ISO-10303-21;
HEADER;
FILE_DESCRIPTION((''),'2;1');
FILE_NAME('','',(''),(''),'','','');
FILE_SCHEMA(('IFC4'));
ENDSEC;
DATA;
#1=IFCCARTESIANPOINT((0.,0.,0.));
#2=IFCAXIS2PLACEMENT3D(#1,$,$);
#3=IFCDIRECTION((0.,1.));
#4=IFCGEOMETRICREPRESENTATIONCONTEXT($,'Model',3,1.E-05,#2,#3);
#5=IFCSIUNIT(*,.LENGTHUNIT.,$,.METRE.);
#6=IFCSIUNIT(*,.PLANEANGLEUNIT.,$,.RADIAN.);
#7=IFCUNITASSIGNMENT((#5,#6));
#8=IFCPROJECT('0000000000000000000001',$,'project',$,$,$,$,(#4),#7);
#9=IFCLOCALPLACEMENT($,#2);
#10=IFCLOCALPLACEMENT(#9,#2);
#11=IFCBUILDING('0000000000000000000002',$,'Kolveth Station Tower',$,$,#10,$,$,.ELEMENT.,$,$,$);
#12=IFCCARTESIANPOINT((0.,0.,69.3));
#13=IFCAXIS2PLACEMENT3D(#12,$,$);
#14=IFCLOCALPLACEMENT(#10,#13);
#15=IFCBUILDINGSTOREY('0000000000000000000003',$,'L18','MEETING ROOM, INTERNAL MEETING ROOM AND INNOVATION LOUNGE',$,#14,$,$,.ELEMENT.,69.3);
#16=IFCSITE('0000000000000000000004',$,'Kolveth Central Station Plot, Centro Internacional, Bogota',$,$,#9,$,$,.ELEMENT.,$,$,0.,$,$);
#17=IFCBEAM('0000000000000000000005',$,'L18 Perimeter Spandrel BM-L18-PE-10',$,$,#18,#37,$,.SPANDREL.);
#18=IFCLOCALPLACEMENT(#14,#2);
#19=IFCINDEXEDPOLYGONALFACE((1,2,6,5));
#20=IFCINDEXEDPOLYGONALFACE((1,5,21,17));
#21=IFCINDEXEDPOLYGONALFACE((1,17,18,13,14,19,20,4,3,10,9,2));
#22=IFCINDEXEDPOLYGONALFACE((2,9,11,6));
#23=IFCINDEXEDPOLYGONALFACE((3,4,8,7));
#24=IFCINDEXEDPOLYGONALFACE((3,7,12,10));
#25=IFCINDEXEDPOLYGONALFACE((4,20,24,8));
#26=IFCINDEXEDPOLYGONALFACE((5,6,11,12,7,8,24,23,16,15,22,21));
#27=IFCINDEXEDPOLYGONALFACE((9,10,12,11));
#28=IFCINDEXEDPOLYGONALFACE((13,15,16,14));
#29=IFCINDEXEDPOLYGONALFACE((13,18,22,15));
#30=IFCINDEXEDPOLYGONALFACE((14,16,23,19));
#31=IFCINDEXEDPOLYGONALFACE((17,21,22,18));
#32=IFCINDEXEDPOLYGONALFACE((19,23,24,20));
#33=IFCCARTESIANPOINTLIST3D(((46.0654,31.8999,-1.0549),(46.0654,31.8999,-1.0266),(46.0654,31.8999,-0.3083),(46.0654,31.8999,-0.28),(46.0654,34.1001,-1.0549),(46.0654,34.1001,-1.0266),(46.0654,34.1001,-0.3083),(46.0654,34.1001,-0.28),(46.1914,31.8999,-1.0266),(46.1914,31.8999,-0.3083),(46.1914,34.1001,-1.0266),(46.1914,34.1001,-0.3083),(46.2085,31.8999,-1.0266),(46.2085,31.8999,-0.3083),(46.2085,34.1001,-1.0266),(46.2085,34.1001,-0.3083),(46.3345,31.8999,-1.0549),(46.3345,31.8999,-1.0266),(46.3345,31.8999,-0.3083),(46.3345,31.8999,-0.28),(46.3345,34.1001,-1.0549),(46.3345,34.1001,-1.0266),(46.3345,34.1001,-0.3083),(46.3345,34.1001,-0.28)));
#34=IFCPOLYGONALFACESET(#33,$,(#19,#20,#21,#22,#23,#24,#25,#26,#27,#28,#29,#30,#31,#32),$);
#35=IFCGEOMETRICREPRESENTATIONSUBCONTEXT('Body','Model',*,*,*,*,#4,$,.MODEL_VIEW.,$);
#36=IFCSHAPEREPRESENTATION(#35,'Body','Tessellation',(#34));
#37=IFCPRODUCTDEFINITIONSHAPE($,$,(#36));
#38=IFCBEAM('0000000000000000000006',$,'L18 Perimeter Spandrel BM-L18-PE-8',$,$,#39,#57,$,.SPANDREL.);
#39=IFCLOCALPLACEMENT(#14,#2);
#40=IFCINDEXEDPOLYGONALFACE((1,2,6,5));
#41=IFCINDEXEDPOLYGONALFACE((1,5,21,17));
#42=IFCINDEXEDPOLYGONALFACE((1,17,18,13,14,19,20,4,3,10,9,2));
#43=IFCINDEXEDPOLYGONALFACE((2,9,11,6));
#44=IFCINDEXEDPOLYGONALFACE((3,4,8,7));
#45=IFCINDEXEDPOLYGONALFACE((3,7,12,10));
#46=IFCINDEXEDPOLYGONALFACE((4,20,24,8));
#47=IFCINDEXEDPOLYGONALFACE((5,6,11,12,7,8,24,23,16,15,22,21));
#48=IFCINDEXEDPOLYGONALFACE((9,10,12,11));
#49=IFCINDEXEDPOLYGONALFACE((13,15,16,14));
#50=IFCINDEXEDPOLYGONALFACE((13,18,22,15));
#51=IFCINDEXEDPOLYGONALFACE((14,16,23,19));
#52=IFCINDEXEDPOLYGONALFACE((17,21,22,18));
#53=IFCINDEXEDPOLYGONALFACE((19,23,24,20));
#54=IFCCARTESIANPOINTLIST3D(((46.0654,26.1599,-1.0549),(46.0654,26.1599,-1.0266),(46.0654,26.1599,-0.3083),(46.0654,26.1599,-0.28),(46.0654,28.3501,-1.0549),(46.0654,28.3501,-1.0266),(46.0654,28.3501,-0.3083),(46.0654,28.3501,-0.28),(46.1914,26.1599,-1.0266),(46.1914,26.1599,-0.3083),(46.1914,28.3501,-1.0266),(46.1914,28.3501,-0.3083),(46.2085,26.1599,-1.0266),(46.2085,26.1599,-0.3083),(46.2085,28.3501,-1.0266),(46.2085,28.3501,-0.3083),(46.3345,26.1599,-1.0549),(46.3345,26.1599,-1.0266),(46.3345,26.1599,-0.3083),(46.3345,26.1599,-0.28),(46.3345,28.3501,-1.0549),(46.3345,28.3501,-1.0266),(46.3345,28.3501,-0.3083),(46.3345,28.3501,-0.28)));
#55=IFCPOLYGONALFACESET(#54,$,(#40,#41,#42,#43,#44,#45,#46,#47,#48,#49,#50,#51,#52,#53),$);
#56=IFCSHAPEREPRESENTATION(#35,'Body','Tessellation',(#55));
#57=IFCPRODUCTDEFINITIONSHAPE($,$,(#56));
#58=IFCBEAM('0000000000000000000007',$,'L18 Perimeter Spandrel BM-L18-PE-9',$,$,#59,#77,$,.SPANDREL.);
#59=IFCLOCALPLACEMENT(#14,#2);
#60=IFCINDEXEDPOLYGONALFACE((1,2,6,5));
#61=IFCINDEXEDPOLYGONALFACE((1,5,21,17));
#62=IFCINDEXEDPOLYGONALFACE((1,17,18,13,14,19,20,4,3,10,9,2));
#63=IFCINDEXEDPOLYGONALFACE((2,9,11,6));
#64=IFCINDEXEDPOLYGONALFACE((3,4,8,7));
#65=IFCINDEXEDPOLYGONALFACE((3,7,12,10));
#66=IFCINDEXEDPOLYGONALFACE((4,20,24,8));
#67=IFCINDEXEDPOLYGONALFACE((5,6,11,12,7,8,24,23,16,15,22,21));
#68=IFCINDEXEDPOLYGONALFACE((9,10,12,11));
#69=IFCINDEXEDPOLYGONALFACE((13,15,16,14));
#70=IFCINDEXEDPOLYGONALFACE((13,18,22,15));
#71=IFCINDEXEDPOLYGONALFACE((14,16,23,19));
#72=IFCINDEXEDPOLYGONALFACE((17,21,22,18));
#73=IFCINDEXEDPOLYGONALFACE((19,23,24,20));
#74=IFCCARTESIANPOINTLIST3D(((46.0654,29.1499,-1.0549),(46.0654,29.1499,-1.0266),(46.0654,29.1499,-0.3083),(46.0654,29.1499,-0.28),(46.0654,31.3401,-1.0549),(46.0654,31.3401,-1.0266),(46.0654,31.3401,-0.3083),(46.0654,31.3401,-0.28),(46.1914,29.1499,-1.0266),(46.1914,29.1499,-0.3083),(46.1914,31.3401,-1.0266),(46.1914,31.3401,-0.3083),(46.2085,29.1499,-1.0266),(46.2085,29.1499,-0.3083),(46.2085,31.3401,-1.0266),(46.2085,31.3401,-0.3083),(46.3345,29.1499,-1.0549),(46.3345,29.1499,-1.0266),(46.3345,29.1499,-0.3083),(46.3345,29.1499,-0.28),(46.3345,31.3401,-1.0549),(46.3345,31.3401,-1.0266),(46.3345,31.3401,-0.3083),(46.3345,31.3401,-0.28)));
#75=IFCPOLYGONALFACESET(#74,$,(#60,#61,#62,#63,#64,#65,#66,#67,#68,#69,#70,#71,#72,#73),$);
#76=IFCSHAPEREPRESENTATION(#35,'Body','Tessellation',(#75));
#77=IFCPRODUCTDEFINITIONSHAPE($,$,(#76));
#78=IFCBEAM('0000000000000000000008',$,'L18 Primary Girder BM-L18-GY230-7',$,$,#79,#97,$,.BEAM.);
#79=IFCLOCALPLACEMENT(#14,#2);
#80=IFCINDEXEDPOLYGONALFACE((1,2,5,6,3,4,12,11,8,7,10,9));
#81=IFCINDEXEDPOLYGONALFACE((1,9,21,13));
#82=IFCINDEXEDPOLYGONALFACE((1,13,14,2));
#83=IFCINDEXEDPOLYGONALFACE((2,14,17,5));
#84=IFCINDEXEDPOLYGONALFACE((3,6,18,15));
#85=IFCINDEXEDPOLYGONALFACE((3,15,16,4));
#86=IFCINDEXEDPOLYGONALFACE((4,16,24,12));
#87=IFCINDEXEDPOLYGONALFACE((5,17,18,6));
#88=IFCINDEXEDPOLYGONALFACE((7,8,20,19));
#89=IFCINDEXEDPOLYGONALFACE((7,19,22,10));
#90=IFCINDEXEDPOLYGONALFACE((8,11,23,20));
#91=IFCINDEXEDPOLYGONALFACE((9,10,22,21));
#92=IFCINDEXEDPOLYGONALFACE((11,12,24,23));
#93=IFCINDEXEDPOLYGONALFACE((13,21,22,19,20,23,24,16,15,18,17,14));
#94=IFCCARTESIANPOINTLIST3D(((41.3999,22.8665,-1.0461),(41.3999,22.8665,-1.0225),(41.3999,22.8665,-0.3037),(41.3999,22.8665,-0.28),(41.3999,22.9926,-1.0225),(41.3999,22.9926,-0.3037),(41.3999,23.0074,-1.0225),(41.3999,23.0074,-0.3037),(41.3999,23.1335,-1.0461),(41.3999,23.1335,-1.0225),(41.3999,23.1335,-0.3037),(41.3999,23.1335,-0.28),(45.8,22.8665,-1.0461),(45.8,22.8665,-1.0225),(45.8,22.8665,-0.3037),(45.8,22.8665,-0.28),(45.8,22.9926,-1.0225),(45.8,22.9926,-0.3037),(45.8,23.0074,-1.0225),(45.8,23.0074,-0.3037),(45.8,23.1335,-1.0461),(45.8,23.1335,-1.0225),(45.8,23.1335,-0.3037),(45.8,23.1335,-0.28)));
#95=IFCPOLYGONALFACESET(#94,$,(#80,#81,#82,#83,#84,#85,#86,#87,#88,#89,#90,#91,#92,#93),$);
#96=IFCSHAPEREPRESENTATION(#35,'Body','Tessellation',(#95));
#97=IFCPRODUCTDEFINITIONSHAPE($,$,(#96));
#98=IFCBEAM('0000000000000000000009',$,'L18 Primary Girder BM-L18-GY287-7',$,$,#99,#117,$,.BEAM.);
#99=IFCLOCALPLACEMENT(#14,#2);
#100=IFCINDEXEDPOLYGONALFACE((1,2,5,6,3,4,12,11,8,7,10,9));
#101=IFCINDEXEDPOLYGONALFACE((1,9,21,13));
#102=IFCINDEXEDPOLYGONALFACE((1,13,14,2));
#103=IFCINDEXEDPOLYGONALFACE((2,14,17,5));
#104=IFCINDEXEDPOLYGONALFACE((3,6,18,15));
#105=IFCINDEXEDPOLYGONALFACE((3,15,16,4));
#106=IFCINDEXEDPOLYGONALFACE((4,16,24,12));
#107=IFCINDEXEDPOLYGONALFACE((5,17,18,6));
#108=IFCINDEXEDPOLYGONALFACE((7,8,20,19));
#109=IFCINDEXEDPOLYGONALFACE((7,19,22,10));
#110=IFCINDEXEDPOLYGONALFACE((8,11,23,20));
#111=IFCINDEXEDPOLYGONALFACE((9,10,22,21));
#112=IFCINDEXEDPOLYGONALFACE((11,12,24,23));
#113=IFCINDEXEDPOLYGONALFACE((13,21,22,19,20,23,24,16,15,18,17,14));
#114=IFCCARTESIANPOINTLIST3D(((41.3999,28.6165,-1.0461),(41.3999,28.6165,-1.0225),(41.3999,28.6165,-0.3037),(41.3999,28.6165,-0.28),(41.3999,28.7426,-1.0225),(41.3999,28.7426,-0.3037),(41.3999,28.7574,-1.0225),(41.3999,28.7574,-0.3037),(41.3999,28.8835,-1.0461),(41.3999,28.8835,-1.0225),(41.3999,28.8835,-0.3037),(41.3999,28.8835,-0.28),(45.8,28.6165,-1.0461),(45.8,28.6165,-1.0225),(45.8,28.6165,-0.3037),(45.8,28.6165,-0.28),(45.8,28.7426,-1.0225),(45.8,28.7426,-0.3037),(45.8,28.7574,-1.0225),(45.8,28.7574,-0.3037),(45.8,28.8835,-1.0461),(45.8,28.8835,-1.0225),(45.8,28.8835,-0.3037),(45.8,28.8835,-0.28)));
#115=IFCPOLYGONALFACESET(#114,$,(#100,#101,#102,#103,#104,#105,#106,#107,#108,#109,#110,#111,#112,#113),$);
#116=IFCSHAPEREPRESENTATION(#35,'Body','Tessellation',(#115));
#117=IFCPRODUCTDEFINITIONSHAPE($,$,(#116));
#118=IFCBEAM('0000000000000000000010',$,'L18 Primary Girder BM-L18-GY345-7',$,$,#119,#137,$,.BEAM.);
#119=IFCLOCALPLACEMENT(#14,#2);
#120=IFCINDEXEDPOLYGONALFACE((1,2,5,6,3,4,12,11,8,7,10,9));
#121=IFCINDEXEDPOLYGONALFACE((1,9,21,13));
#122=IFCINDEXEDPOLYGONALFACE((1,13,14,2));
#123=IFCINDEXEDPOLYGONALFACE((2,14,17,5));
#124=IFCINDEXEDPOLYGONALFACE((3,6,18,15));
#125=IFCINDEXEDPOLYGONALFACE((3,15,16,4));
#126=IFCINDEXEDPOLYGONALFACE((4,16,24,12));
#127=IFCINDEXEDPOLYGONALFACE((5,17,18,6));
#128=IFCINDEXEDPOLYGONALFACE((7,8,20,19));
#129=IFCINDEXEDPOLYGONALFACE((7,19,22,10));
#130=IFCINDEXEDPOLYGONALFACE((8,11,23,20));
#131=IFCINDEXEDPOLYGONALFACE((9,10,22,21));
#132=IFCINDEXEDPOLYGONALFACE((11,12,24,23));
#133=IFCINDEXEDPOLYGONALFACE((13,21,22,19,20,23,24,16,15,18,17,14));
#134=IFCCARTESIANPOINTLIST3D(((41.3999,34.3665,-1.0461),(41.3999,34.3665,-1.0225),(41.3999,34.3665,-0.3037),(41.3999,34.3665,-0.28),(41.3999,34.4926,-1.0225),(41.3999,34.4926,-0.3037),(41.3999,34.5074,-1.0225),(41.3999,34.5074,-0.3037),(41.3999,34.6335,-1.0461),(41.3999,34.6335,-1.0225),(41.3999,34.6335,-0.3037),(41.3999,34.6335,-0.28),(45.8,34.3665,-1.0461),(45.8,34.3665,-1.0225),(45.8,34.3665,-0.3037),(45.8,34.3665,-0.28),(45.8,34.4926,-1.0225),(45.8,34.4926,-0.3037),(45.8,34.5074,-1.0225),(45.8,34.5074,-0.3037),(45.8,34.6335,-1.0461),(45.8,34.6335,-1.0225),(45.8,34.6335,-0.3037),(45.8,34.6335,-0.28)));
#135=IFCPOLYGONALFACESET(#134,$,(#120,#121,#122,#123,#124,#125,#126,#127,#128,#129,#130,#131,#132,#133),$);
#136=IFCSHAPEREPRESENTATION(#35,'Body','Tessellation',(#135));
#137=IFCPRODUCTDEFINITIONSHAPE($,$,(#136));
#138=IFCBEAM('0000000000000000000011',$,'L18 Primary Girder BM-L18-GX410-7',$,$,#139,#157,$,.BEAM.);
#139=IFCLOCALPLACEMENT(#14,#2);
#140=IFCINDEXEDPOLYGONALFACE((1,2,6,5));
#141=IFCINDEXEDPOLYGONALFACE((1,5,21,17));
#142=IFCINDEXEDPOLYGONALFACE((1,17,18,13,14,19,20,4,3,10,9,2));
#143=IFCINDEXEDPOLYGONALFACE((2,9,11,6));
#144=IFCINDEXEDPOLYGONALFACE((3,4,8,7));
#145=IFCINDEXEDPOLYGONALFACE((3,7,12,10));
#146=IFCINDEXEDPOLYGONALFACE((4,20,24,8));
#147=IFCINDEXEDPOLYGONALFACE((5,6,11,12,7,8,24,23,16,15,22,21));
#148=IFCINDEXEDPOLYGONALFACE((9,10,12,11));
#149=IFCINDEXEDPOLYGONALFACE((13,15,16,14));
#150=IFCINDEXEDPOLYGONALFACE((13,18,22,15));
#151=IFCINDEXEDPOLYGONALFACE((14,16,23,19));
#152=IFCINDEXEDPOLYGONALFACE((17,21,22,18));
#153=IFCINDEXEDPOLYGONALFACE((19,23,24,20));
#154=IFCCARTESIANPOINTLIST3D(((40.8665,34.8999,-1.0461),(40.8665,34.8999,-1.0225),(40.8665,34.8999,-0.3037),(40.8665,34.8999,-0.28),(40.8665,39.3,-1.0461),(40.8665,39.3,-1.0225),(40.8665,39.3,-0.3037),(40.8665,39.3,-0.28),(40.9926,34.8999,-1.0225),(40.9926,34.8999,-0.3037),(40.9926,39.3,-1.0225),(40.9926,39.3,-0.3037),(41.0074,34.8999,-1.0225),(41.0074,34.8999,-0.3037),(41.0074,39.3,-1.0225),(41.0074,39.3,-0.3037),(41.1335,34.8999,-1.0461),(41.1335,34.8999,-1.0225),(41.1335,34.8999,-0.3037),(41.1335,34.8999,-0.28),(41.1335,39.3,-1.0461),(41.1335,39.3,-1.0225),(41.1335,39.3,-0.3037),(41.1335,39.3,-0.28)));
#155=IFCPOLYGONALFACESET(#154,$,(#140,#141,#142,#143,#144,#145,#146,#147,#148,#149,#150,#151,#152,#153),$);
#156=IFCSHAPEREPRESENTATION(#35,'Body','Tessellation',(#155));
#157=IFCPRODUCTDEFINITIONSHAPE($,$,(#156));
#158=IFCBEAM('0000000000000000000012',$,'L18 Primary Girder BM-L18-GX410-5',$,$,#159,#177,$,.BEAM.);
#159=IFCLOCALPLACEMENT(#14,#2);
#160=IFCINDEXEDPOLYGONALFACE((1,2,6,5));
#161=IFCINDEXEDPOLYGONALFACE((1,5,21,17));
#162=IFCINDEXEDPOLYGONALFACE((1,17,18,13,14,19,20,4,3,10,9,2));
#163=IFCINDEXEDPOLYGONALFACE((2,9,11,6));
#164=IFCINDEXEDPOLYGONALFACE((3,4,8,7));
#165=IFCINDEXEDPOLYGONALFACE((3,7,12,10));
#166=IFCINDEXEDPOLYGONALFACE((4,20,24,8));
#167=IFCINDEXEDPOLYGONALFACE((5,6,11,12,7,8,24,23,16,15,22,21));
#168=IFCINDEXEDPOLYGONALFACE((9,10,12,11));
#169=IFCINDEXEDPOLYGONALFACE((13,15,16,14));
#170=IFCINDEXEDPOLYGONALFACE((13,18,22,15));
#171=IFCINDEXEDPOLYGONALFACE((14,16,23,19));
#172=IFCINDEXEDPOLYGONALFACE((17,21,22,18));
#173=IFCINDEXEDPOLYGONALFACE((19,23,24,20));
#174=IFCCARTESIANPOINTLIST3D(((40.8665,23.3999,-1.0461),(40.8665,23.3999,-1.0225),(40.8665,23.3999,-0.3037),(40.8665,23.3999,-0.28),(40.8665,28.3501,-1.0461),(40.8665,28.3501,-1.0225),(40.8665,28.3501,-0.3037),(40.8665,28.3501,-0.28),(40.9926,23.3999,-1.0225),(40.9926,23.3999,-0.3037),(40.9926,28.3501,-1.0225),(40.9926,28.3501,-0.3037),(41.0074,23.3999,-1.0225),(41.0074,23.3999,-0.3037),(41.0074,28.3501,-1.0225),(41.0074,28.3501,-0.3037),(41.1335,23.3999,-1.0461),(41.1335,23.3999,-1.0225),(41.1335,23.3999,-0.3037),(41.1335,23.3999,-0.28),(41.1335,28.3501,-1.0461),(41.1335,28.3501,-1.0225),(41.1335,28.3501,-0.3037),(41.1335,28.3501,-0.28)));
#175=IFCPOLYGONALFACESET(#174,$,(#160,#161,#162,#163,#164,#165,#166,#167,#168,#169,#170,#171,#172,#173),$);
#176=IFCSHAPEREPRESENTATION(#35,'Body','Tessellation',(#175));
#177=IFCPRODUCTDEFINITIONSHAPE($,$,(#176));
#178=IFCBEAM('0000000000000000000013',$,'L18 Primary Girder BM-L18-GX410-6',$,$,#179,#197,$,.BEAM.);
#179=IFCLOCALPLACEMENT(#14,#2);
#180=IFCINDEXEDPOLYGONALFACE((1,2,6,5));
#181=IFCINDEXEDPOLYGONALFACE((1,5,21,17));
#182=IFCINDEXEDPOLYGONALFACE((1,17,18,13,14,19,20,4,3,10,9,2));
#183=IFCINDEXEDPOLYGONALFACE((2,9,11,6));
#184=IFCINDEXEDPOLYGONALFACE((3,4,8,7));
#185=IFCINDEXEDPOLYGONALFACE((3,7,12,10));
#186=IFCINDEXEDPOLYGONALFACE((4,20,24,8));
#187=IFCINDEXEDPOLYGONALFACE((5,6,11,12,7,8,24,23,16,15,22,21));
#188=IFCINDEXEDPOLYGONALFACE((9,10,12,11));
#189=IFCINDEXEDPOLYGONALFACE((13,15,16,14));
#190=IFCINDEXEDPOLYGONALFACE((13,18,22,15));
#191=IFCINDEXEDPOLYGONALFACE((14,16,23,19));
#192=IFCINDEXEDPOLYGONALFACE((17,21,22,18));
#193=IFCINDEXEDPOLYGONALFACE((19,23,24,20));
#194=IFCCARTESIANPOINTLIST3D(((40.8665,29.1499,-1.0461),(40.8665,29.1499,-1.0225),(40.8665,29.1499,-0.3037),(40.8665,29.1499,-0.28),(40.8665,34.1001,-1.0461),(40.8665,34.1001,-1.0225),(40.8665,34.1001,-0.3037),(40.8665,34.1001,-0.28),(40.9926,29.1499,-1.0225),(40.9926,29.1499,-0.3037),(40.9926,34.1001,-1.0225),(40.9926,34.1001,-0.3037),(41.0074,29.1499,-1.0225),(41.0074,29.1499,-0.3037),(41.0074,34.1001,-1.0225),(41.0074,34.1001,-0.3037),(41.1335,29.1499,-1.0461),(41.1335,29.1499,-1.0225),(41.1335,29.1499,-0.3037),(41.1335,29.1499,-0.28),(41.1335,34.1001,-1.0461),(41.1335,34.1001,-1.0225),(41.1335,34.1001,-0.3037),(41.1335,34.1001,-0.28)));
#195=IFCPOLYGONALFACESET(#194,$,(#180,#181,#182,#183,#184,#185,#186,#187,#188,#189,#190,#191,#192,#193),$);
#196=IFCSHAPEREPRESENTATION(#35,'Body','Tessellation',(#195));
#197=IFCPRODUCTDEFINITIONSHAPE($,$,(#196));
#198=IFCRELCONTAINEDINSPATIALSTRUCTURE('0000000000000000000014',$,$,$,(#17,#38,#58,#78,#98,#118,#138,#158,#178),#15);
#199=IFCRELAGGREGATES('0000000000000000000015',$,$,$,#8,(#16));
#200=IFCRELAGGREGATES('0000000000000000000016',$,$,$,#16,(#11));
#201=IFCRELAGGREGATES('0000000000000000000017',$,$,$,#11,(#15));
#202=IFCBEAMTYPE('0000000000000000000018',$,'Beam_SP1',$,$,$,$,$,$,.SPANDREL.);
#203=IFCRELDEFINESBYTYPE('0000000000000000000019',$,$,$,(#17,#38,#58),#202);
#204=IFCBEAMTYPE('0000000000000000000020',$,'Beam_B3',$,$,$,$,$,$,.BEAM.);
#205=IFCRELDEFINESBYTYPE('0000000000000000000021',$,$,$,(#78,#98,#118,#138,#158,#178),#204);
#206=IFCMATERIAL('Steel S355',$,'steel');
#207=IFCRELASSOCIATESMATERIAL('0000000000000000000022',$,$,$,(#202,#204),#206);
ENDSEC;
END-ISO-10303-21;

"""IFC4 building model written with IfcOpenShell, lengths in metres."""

from ifc_helpers import new_model, si_unit, direction, frame, origin, origin_2d, place, context, subcontext, project, spatial, i_section, extrude, source, transform, mapped, material, material_profile, profile_set, type_object, element, save


model = new_model("IFC4")

# Units and contexts
model_context = context("Model", 3, precision=1e-05, world=origin(), true_north=direction((0.0, 1.0)))
body_context = subcontext(model_context, "Body", "Model", "MODEL_VIEW")
ifc_project = project(units=[si_unit("LENGTHUNIT", "METRE"), si_unit("PLANEANGLEUNIT", "RADIAN")], contexts=[model_context])

# Site, building, storey
site_placement = place(None, origin())
site = spatial("IfcSite", under=ifc_project, at=site_placement, Name="Kolveth Central Station Plot, Centro Internacional, Bogota", CompositionType="ELEMENT", RefElevation=0.0)
building_placement = place(site_placement, origin())
building = spatial("IfcBuilding", under=site, at=building_placement, Name="Kolveth Station Tower", CompositionType="ELEMENT")
storey_placement = place(building_placement, frame((0.0, 0.0, 69.3)))
storey = spatial("IfcBuildingStorey", under=building, at=storey_placement, Name="L18", Description="MEETING ROOM, INTERNAL MEETING ROOM AND INNOVATION LOUNGE", CompositionType="ELEMENT", Elevation=69.3)

# Shared definitions
ifc_material_1 = material(Name="Steel S355", Category="steel")

# Beams
ifc_material_profile_1 = material_profile(ifc_material_1, i_section(OverallWidth=0.269, OverallDepth=0.7749, WebThickness=0.0171, FlangeThickness=0.0283, at=origin_2d()), Name="W760x220")
ifc_profile_set_1 = profile_set([ifc_material_profile_1], Name="Steel S355")
beam_type_1 = type_object("IfcBeamType", Name="Beam_SP1", PredefinedType="SPANDREL", material=ifc_profile_set_1)
shared_shape_1 = source(origin(), body_context, "Body", "SweptSolid", [
    extrude(i_section(OverallWidth=0.269, OverallDepth=0.7749, WebThickness=0.0171, FlangeThickness=0.0283, at=origin_2d()), origin(), (0.0, 0.0, 1.0), 2.2002),
])
for number, where, z_axis, x_axis, name in (
    (1, (46.2, 31.8999, -0.6675), (0.0, 1.0, 0.0), (-1.0, 0.0, 0.0), "L18 Perimeter Spandrel BM-L18-PE-10"),
):
    element("IfcBeam", number, at=place(storey_placement, frame(where, z_axis=z_axis, x_axis=x_axis)), inside=storey, type_object=beam_type_1, Name=name, PredefinedType="SPANDREL", context=body_context, shape_type="MappedRepresentation", body=[
        mapped(shared_shape_1, transform((0.0, 0.0, 0.0), x_axis=(1.0, 0.0, 0.0), y_axis=(0.0, 1.0, 0.0), z_axis=(0.0, 0.0, 1.0), scale=1.0)),
    ])
shared_shape_2 = source(origin(), body_context, "Body", "SweptSolid", [
    extrude(i_section(OverallWidth=0.269, OverallDepth=0.7749, WebThickness=0.0171, FlangeThickness=0.0283, at=origin_2d()), origin(), (0.0, 0.0, 1.0), 2.1902),
])
for number, where, z_axis, x_axis, name in (
    (2, (46.2, 26.1599, -0.6675), (0.0, 1.0, 0.0), (-1.0, 0.0, 0.0), "L18 Perimeter Spandrel BM-L18-PE-8"),
    (3, (46.2, 29.1499, -0.6675), (0.0, 1.0, 0.0), (-1.0, 0.0, 0.0), "L18 Perimeter Spandrel BM-L18-PE-9"),
):
    element("IfcBeam", number, at=place(storey_placement, frame(where, z_axis=z_axis, x_axis=x_axis)), inside=storey, type_object=beam_type_1, Name=name, PredefinedType="SPANDREL", context=body_context, shape_type="MappedRepresentation", body=[
        mapped(shared_shape_2, transform((0.0, 0.0, 0.0), x_axis=(1.0, 0.0, 0.0), y_axis=(0.0, 1.0, 0.0), z_axis=(0.0, 0.0, 1.0), scale=1.0)),
    ])
ifc_material_profile_2 = material_profile(ifc_material_1, i_section(OverallWidth=0.2671, OverallDepth=0.7661, WebThickness=0.0149, FlangeThickness=0.0237, at=origin_2d()), Name="W760x185")
ifc_profile_set_2 = profile_set([ifc_material_profile_2], Name="Steel S355")
beam_type_2 = type_object("IfcBeamType", Name="Beam_B3", PredefinedType="BEAM", material=ifc_profile_set_2)
shared_shape_3 = source(origin(), body_context, "Body", "SweptSolid", [
    extrude(i_section(OverallWidth=0.2671, OverallDepth=0.7661, WebThickness=0.0149, FlangeThickness=0.0237, at=origin_2d()), origin(), (0.0, 0.0, 1.0), 4.4001),
])
for number, where, z_axis, x_axis, name in (
    (4, (41.3999, 23.0, -0.6631), (1.0, 0.0, 0.0), (0.0, 1.0, 0.0), "L18 Primary Girder BM-L18-GY230-7"),
    (5, (41.3999, 28.75, -0.6631), (1.0, 0.0, 0.0), (0.0, 1.0, 0.0), "L18 Primary Girder BM-L18-GY287-7"),
    (6, (41.3999, 34.5, -0.6631), (1.0, 0.0, 0.0), (0.0, 1.0, 0.0), "L18 Primary Girder BM-L18-GY345-7"),
    (7, (41.0, 34.8999, -0.6631), (0.0, 1.0, 0.0), (-1.0, 0.0, 0.0), "L18 Primary Girder BM-L18-GX410-7"),
):
    element("IfcBeam", number, at=place(storey_placement, frame(where, z_axis=z_axis, x_axis=x_axis)), inside=storey, type_object=beam_type_2, Name=name, PredefinedType="BEAM", context=body_context, shape_type="MappedRepresentation", body=[
        mapped(shared_shape_3, transform((0.0, 0.0, 0.0), x_axis=(1.0, 0.0, 0.0), y_axis=(0.0, 1.0, 0.0), z_axis=(0.0, 0.0, 1.0), scale=1.0)),
    ])
shared_shape_4 = source(origin(), body_context, "Body", "SweptSolid", [
    extrude(i_section(OverallWidth=0.2671, OverallDepth=0.7661, WebThickness=0.0149, FlangeThickness=0.0237, at=origin_2d()), origin(), (0.0, 0.0, 1.0), 4.9502),
])
for number, where, z_axis, x_axis, name in (
    (8, (41.0, 23.3999, -0.6631), (0.0, 1.0, 0.0), (-1.0, 0.0, 0.0), "L18 Primary Girder BM-L18-GX410-5"),
    (9, (41.0, 29.1499, -0.6631), (0.0, 1.0, 0.0), (-1.0, 0.0, 0.0), "L18 Primary Girder BM-L18-GX410-6"),
):
    element("IfcBeam", number, at=place(storey_placement, frame(where, z_axis=z_axis, x_axis=x_axis)), inside=storey, type_object=beam_type_2, Name=name, PredefinedType="BEAM", context=body_context, shape_type="MappedRepresentation", body=[
        mapped(shared_shape_4, transform((0.0, 0.0, 0.0), x_axis=(1.0, 0.0, 0.0), y_axis=(0.0, 1.0, 0.0), z_axis=(0.0, 0.0, 1.0), scale=1.0)),
    ])

save(model, "model.ifc")
